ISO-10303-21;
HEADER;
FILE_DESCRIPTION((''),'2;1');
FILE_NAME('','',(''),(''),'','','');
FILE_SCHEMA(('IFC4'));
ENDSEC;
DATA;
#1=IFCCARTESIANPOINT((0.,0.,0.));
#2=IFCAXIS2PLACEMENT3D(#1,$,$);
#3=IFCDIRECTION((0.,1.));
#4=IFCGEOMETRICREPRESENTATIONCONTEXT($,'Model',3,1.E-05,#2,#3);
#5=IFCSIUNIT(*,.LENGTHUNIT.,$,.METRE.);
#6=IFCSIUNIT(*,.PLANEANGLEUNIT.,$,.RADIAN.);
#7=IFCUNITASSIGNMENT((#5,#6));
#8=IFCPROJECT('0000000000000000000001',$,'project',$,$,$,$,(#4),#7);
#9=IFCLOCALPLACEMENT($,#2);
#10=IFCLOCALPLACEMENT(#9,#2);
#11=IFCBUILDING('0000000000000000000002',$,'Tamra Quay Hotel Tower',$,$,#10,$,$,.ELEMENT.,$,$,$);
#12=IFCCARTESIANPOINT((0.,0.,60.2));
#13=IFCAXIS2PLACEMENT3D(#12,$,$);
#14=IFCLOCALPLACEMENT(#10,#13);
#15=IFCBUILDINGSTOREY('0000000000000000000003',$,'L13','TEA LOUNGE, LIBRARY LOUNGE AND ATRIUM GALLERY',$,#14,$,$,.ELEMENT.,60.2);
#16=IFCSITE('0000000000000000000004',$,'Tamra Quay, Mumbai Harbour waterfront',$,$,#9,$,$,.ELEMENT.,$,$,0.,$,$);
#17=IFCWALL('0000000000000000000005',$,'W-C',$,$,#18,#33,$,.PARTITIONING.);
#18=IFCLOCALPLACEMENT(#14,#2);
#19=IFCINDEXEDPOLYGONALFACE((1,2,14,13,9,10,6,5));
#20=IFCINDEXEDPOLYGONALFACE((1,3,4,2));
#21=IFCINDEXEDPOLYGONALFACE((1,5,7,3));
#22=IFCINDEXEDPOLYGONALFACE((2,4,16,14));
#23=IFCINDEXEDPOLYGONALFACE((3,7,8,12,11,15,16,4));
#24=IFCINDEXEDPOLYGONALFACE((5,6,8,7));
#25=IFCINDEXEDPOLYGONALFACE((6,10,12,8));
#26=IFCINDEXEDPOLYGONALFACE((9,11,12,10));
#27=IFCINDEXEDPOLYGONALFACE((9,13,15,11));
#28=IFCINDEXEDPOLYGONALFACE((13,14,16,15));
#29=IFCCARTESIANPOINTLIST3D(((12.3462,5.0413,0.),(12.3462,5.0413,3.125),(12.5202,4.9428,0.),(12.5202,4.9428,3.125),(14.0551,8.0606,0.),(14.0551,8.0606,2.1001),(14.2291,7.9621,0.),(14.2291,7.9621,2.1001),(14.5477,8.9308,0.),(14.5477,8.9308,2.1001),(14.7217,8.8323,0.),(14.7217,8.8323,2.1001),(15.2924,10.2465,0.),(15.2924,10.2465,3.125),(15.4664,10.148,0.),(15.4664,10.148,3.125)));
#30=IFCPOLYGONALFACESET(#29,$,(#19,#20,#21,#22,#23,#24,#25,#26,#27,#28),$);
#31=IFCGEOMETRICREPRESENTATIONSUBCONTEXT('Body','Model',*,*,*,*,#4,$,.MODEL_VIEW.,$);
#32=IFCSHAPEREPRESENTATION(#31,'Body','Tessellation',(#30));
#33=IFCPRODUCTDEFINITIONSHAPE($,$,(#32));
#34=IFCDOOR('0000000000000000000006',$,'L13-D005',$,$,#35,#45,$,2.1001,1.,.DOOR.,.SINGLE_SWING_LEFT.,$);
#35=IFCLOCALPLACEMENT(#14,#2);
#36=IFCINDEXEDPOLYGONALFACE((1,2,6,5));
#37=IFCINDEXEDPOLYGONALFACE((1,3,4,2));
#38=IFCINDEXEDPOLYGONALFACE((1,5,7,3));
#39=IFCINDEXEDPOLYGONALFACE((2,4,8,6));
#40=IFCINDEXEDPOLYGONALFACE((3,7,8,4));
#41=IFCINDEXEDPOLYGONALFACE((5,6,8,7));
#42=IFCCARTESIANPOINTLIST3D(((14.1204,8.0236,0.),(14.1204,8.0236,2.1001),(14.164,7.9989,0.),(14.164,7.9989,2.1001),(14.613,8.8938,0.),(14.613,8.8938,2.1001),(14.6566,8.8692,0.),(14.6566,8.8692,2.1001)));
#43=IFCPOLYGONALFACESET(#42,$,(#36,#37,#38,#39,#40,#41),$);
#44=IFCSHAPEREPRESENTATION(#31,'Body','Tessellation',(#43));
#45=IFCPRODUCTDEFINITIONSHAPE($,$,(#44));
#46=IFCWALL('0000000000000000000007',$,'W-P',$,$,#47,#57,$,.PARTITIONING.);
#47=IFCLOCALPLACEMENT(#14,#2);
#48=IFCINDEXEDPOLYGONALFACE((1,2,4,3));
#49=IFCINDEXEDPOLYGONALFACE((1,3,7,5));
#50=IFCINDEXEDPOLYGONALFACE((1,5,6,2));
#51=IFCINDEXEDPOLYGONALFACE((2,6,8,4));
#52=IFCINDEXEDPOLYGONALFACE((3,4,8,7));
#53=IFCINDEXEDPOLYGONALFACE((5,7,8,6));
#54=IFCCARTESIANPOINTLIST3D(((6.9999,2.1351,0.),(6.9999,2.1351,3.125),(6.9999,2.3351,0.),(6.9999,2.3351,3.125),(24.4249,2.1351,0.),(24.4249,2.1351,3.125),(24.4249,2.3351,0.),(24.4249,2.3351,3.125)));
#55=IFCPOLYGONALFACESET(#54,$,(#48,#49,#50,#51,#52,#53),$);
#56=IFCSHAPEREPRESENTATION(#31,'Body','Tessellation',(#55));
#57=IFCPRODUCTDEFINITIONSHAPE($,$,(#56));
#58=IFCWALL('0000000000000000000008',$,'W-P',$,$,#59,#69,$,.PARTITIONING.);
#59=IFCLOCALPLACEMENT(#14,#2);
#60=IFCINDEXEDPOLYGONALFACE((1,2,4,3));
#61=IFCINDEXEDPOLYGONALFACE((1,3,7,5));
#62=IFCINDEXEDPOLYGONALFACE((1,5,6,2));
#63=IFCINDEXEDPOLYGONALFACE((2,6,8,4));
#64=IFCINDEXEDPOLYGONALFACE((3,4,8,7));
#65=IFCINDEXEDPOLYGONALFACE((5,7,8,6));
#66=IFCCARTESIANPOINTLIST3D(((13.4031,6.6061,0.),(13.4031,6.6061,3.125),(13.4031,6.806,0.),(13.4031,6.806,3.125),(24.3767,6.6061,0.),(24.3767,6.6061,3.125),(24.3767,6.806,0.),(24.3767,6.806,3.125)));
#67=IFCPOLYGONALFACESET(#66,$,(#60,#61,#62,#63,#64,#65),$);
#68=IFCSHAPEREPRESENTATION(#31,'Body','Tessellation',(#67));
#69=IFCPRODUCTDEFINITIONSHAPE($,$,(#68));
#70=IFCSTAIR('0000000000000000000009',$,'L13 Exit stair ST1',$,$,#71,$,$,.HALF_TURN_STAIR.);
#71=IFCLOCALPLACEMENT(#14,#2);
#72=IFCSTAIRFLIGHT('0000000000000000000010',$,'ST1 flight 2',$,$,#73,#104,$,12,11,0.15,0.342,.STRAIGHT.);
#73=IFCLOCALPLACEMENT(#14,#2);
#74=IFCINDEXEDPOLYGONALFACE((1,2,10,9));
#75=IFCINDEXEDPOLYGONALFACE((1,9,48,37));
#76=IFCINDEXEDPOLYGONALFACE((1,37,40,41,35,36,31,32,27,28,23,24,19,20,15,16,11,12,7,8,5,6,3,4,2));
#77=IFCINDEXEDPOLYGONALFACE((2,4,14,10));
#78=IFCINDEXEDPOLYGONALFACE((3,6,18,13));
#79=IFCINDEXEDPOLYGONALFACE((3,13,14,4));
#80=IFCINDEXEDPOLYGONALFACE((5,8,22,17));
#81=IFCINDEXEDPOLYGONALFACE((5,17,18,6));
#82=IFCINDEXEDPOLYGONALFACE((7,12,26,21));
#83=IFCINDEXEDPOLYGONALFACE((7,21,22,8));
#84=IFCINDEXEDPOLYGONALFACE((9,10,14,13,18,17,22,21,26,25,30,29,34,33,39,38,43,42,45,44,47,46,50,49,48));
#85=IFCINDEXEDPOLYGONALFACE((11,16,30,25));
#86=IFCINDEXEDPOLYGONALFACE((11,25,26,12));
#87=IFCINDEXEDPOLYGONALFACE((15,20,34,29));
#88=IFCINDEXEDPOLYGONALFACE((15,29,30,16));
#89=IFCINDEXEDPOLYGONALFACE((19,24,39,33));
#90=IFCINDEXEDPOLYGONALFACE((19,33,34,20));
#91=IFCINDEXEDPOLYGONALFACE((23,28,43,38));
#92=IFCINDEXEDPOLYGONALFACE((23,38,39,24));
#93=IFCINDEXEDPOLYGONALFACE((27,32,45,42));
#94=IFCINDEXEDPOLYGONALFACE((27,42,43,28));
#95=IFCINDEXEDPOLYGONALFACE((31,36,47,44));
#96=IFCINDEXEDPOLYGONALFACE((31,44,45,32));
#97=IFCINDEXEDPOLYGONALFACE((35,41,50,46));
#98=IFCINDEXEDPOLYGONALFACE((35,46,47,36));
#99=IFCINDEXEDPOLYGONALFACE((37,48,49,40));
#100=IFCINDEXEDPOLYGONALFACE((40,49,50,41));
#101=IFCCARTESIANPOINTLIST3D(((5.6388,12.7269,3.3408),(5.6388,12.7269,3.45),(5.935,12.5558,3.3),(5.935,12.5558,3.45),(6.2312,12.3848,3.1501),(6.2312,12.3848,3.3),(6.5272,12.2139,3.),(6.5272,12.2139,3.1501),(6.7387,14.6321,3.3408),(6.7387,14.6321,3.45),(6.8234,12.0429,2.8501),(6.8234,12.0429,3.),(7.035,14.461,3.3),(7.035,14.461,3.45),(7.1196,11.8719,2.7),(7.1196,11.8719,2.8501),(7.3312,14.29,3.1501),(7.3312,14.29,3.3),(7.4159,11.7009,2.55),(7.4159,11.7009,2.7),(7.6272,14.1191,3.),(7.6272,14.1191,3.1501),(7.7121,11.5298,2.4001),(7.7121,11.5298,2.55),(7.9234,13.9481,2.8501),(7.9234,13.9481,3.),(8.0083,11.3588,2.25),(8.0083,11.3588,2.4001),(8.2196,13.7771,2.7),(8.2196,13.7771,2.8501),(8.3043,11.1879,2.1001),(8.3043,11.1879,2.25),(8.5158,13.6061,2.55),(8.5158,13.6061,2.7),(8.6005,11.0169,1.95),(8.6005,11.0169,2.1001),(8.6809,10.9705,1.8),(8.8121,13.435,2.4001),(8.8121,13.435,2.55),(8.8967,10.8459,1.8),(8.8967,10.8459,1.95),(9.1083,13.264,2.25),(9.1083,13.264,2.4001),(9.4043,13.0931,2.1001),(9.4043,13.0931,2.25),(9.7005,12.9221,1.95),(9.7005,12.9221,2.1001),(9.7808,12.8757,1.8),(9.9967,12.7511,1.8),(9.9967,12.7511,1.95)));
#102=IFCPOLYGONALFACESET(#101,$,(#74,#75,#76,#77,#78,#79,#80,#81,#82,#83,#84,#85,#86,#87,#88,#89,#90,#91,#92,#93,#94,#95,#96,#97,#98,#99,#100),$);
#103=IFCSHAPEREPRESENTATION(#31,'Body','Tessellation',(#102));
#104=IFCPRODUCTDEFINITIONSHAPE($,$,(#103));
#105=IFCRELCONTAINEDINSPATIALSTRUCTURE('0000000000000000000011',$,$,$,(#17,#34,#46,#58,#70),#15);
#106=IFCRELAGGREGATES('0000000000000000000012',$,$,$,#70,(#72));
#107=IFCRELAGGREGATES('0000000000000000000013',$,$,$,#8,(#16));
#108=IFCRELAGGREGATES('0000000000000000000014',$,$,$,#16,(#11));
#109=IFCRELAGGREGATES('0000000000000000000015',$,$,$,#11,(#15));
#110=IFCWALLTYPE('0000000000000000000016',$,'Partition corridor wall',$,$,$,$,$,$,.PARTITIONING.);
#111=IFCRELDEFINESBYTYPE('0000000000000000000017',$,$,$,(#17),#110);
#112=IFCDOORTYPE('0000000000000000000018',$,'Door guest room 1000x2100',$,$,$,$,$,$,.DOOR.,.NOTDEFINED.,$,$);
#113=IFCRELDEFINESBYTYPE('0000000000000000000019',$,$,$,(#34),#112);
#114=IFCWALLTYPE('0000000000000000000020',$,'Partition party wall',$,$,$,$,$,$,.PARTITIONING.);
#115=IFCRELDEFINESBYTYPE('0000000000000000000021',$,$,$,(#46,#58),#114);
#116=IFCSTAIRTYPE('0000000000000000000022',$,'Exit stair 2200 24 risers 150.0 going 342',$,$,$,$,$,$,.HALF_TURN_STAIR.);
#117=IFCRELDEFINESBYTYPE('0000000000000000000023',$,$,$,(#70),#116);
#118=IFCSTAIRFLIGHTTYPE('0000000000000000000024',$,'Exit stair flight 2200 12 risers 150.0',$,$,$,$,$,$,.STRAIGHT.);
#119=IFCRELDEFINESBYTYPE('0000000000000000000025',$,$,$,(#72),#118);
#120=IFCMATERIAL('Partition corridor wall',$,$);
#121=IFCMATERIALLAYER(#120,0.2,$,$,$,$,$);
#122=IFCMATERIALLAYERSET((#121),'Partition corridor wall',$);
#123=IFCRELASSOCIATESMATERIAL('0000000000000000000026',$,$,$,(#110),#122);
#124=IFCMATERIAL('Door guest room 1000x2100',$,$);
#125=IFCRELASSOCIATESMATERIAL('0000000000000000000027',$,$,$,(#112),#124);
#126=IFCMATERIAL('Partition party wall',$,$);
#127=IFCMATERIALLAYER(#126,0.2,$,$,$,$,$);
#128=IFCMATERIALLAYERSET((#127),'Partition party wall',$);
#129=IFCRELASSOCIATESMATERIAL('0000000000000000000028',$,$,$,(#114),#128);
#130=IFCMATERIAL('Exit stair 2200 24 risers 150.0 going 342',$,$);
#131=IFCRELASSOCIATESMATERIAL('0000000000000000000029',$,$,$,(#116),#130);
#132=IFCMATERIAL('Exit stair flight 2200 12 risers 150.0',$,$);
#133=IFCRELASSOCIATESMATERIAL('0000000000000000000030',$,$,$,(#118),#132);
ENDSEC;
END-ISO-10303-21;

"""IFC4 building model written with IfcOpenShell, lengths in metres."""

from ifc_helpers import new_model, si_unit, direction, frame, frame_2d, origin, place, context, subcontext, project, spatial, polyline, rectangle, outline, extrude, material, layer, layer_set, type_object, element, fill, aggregate, save


model = new_model("IFC4")

# Units and contexts
model_context = context("Model", 3, precision=1e-05, world=origin(), true_north=direction((0.0, 1.0)))
body_context = subcontext(model_context, "Body", "Model", "MODEL_VIEW")
ifc_project = project(units=[si_unit("LENGTHUNIT", "METRE"), si_unit("PLANEANGLEUNIT", "RADIAN")], contexts=[model_context])

# Site, building, storey
site_placement = place(None, origin())
site = spatial("IfcSite", under=ifc_project, at=site_placement, Name="Tamra Quay, Mumbai Harbour waterfront", CompositionType="ELEMENT", RefElevation=0.0)
building_placement = place(site_placement, origin())
building = spatial("IfcBuilding", under=site, at=building_placement, Name="Tamra Quay Hotel Tower", CompositionType="ELEMENT")
storey_placement = place(building_placement, frame((0.0, 0.0, 60.2)))
storey = spatial("IfcBuildingStorey", under=building, at=storey_placement, Name="L13", Description="TEA LOUNGE, LIBRARY LOUNGE AND ATRIUM GALLERY", CompositionType="ELEMENT", Elevation=60.2)

# Shared definitions
ifc_material_1 = material(Name="Partition corridor wall")
ifc_layer_1 = layer(ifc_material_1, 0.2)
ifc_layer_set_1 = layer_set([ifc_layer_1], Name="Partition corridor wall")
wall_type_1 = type_object("IfcWallType", Name="Partition corridor wall", PredefinedType="PARTITIONING", material=ifc_layer_set_1)
ifc_material_2 = material(Name="Door guest room 1000x2100")
door_type_1 = type_object("IfcDoorType", Name="Door guest room 1000x2100", OperationType="NOTDEFINED", PredefinedType="DOOR", material=ifc_material_2)

# Wall, opening, door
wall_1_placement = place(storey_placement, frame((12.4331, 4.9919, 0.0), z_axis=(0.0, 0.0, 1.0), x_axis=(0.492583, 0.870265, 0.0)))
wall_1 = element("IfcWall", 1, at=wall_1_placement, inside=storey, type_object=wall_type_1, Name="W-C", PredefinedType="PARTITIONING", context=body_context, shape_type="SweptSolid", body=[
    extrude(rectangle(XDim=5.9812, YDim=0.2, at=frame_2d((2.9907, 0.0))), origin(), (0.0, 0.0, 1.0), 3.125),
])
opening_1_placement = place(wall_1_placement, frame((3.4695, 0.0, 0.0)))
opening_1 = element("IfcOpeningElement", 2, at=opening_1_placement, cuts=wall_1, PredefinedType="OPENING", context=body_context, shape_type="SweptSolid", body=[
    extrude(rectangle(XDim=1.0, YDim=2.1001, at=frame_2d((0.5, 1.05))), frame((0.0, 0.1099, 0.0), z_axis=(0.0, -1.0, 0.0), x_axis=(1.0, 0.0, 0.0)), (0.0, 0.0, 1.0), 0.22),
])
door_1_placement = place(opening_1_placement, origin())
door_1 = element("IfcDoor", 3, at=door_1_placement, inside=storey, type_object=door_type_1, Name="L13-D005", OperationType="SINGLE_SWING_LEFT", OverallHeight=2.1001, OverallWidth=1.0, PredefinedType="DOOR", context=body_context, shape_type="SweptSolid", body=[
    extrude(rectangle(XDim=1.0, YDim=2.1001, at=frame_2d((0.5, 1.05))), frame((0.0, 0.0249, 0.0), z_axis=(0.0, -1.0, 0.0), x_axis=(1.0, 0.0, 0.0)), (0.0, 0.0, 1.0), 0.05),
])
fill(opening_1, door_1)

# Walls
ifc_material_3 = material(Name="Partition party wall")
ifc_layer_2 = layer(ifc_material_3, 0.2)
ifc_layer_set_2 = layer_set([ifc_layer_2], Name="Partition party wall")
wall_type_2 = type_object("IfcWallType", Name="Partition party wall", PredefinedType="PARTITIONING", material=ifc_layer_set_2)
wall_2_placement = place(storey_placement, frame((7.0, 2.2351, 0.0), z_axis=(0.0, 0.0, 1.0), x_axis=(1.0, 0.0, 0.0)))
element("IfcWall", 4, at=wall_2_placement, inside=storey, type_object=wall_type_2, Name="W-P", PredefinedType="PARTITIONING", context=body_context, shape_type="SweptSolid", body=[
    extrude(rectangle(XDim=17.425, YDim=0.2, at=frame_2d((8.7124, 0.0))), origin(), (0.0, 0.0, 1.0), 3.125),
])
wall_3_placement = place(storey_placement, frame((13.4031, 6.7061, 0.0), z_axis=(0.0, 0.0, 1.0), x_axis=(1.0, 0.0, 0.0)))
element("IfcWall", 5, at=wall_3_placement, inside=storey, type_object=wall_type_2, Name="W-P", PredefinedType="PARTITIONING", context=body_context, shape_type="SweptSolid", body=[
    extrude(rectangle(XDim=10.9736, YDim=0.2, at=frame_2d((5.4868, 0.0))), origin(), (0.0, 0.0, 1.0), 3.125),
])

# Stair, stair flight
ifc_material_4 = material(Name="Exit stair 2200 24 risers 150.0 going 342")
stair_type = type_object("IfcStairType", Name="Exit stair 2200 24 risers 150.0 going 342", PredefinedType="HALF_TURN_STAIR", material=ifc_material_4)
stair_placement = place(storey_placement, origin())
stair = element("IfcStair", 6, at=stair_placement, inside=storey, type_object=stair_type, Name="L13 Exit stair ST1", PredefinedType="HALF_TURN_STAIR")
ifc_material_5 = material(Name="Exit stair flight 2200 12 risers 150.0")
stair_flight_type = type_object("IfcStairFlightType", Name="Exit stair flight 2200 12 risers 150.0", PredefinedType="STRAIGHT", material=ifc_material_5)
stair_flight_placement = place(storey_placement, frame((9.4468, 11.7986, 1.8), z_axis=(0.0, 0.0, 1.0), x_axis=(-0.866025, 0.5, 0.0)))
stair_flight = element("IfcStairFlight", 7, at=stair_flight_placement, type_object=stair_flight_type, Name="ST1 flight 2", NumberOfRisers=12, NumberOfTreads=11, PredefinedType="STRAIGHT", RiserHeight=0.15, TreadLength=0.342, context=body_context, shape_type="SweptSolid", body=[
    extrude(outline(polyline([(0.0, 0.0), (0.0, 0.1499), (0.342, 0.1499), (0.342, 0.3), (0.6841, 0.3), (0.6841, 0.45), (1.0259, 0.45), (1.0259, 0.6001), (1.3679, 0.6001), (1.3679, 0.75), (1.71, 0.75), (1.71, 0.8999), (2.052, 0.8999), (2.052, 1.05), (2.394, 1.05), (2.394, 1.2), (2.7361, 1.2), (2.7361, 1.3501), (3.0779, 1.3501), (3.0779, 1.5), (3.4199, 1.5), (3.4199, 1.6499), (3.762, 1.6499), (3.762, 1.8), (3.762, 1.5408), (0.2493, 0.0), (0.0, 0.0)])), frame((0.0, 1.1001, 0.0), z_axis=(0.0, -1.0, 0.0), x_axis=(1.0, 0.0, 0.0)), (0.0, 0.0, 1.0), 2.2),
])
aggregate(stair, [stair_flight])

save(model, "model.ifc")
